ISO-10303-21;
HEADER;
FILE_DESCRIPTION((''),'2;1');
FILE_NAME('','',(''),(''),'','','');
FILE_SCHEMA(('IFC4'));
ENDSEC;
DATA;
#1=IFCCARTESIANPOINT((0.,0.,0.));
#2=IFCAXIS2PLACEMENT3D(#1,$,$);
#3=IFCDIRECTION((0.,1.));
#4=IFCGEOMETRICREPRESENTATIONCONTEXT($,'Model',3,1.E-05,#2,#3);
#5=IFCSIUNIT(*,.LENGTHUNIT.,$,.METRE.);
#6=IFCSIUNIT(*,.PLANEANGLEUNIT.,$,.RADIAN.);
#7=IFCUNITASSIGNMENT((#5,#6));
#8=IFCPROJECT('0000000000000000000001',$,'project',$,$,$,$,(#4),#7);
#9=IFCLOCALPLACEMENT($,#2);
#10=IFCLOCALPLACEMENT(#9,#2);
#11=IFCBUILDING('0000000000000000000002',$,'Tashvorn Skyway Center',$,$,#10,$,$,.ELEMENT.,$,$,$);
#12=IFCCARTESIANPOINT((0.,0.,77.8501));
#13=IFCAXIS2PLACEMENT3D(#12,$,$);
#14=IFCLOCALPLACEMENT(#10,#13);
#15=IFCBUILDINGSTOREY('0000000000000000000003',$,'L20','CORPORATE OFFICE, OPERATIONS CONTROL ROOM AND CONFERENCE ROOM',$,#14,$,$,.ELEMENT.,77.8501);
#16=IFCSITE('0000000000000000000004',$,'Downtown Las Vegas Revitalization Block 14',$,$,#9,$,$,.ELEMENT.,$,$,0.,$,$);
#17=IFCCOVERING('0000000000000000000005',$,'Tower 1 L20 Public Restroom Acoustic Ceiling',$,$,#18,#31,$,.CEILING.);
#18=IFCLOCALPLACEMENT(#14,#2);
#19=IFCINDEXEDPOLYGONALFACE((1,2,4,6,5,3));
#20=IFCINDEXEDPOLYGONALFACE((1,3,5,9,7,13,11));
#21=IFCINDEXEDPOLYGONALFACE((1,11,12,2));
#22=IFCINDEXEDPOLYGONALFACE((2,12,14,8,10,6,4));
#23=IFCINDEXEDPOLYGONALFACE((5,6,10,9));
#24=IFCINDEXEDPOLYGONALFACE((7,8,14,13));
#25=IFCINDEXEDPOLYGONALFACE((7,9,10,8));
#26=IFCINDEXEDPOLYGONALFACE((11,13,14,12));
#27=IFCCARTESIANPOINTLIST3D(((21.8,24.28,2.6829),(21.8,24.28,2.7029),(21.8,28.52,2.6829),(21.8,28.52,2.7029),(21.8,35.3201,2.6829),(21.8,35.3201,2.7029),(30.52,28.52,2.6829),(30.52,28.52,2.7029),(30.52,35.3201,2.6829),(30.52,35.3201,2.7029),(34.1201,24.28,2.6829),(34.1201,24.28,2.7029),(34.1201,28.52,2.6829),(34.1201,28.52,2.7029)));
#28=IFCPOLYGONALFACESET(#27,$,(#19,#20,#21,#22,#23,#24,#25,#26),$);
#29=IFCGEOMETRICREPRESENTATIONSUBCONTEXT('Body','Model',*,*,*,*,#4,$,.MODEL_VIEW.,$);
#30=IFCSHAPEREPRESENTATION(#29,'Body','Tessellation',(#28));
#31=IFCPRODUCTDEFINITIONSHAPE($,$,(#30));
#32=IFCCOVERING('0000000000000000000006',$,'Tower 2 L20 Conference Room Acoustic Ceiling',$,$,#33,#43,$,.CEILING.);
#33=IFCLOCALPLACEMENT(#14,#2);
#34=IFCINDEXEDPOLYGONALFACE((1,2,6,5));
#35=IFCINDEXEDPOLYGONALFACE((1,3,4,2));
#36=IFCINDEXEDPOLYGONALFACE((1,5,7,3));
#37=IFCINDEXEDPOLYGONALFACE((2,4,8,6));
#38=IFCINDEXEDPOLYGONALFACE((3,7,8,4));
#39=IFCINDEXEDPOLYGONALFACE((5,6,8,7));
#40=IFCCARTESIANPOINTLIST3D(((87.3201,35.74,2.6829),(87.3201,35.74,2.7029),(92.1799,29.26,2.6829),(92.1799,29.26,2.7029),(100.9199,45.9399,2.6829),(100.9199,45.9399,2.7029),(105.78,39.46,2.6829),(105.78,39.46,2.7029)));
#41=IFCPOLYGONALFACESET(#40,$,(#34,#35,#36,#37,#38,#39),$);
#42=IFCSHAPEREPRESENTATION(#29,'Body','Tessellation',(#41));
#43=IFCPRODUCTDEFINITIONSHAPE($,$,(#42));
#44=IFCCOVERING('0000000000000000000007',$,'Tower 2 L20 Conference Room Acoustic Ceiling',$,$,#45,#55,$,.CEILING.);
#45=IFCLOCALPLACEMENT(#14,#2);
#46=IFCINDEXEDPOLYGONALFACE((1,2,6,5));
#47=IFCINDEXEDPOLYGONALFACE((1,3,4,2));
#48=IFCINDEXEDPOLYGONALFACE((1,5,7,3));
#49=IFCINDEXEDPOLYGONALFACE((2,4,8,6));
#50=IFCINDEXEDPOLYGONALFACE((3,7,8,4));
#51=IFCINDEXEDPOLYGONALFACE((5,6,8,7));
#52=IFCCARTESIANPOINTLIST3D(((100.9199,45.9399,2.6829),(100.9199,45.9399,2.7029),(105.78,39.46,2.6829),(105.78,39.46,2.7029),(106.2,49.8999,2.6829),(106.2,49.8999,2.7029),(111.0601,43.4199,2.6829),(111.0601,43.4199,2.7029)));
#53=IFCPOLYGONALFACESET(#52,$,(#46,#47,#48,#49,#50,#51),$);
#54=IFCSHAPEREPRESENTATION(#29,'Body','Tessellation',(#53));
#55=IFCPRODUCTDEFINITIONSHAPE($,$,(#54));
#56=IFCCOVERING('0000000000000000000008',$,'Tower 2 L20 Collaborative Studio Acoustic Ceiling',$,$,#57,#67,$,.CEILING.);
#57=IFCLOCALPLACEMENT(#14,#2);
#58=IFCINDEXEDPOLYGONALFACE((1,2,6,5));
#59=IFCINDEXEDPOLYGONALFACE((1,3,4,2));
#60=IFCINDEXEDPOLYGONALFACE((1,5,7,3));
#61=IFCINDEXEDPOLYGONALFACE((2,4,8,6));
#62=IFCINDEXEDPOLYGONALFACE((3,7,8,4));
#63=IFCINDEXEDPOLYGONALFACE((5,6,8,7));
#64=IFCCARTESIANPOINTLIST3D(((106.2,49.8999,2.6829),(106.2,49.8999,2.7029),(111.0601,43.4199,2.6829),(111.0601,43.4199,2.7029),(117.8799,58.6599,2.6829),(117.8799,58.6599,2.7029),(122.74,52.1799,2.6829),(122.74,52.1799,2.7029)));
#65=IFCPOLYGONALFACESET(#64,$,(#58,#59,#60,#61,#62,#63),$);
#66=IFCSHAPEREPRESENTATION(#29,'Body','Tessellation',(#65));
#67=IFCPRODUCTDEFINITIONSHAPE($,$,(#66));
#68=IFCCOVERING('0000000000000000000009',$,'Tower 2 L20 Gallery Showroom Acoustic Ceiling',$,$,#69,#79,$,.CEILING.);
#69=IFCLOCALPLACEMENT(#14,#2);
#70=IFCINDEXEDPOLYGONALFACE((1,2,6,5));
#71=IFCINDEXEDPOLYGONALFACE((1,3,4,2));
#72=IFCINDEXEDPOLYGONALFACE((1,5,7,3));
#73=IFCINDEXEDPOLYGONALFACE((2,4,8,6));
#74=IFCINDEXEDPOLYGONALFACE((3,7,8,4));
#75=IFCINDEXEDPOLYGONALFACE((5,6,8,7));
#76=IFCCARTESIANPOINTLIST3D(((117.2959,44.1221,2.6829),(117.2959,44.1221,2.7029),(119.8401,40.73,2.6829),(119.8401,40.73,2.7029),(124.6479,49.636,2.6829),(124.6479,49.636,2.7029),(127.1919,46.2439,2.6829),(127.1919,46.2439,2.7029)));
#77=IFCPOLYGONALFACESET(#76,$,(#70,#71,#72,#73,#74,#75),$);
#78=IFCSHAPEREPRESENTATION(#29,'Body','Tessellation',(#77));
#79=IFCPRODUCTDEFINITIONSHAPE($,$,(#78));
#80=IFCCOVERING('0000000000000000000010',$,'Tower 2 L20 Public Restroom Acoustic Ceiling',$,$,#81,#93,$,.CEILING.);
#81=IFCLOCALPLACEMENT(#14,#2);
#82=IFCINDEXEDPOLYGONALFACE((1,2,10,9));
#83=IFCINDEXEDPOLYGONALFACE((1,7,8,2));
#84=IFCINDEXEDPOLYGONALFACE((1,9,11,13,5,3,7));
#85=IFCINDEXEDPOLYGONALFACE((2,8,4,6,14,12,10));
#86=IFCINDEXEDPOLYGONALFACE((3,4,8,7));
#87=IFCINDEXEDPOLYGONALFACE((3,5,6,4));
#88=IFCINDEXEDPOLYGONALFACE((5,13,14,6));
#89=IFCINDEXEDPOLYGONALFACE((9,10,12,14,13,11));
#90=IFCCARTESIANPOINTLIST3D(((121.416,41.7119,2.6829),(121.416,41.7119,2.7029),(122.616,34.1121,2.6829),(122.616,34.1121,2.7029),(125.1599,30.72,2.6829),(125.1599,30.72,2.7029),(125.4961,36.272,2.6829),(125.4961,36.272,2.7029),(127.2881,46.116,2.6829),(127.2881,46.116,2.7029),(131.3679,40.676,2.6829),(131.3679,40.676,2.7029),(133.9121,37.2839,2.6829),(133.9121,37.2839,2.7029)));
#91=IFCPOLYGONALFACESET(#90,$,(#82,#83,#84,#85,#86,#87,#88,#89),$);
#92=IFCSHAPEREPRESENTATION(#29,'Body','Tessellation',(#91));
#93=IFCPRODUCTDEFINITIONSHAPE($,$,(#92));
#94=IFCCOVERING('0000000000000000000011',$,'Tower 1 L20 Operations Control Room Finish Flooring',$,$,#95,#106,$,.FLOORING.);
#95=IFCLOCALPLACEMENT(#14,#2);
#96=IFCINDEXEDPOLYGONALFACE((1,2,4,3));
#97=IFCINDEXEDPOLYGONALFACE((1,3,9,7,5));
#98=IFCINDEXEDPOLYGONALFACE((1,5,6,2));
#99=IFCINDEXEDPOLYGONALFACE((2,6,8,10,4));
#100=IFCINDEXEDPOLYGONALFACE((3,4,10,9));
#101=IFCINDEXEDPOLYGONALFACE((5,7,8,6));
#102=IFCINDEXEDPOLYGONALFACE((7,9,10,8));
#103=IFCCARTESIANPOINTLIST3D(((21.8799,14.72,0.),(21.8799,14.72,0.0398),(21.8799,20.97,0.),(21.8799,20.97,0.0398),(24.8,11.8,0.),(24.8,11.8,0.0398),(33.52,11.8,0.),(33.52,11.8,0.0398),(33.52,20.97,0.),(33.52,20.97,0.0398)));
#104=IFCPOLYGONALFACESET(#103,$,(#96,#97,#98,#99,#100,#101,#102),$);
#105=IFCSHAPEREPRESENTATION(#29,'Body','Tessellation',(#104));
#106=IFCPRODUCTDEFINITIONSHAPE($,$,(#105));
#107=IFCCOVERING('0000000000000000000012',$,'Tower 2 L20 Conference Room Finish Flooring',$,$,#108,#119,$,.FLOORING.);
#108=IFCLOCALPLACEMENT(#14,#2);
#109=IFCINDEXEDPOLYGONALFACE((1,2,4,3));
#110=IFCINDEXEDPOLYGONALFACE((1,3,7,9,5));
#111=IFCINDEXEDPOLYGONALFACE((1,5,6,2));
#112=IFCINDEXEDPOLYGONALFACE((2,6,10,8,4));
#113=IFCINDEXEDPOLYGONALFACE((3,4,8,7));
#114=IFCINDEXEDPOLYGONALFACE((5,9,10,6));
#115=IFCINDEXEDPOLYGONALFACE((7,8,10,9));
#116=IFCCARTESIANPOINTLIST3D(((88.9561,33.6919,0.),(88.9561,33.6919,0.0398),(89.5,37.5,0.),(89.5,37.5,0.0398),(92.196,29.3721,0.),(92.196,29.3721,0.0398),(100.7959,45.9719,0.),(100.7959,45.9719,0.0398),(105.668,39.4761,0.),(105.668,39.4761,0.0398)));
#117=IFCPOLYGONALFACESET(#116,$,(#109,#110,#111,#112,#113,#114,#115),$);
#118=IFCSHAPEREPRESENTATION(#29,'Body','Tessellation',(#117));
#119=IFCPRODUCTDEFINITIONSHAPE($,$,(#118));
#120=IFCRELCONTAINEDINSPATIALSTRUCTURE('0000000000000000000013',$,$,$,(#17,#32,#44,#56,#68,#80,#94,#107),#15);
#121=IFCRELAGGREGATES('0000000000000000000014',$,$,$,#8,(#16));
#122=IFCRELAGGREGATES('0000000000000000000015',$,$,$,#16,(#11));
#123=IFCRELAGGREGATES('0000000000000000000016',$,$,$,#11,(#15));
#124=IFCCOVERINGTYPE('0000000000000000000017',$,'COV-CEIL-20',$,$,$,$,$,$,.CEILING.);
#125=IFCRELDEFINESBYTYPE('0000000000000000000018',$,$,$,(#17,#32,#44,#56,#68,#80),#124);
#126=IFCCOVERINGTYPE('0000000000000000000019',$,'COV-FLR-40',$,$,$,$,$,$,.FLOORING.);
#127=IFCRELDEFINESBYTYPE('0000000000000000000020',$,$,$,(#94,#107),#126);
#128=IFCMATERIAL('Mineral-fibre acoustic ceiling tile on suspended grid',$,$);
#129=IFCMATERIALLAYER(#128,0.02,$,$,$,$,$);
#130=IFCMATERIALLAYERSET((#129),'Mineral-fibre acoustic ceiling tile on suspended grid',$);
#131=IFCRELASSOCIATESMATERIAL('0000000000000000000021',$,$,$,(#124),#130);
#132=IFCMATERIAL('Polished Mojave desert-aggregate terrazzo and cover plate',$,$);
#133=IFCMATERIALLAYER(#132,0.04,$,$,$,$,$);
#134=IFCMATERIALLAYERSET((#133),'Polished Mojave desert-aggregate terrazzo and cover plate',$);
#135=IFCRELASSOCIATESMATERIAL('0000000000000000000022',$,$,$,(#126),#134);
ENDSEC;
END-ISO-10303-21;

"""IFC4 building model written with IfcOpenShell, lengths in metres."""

from ifc_helpers import new_model, si_unit, direction, frame, origin, place, context, subcontext, project, spatial, polyline, outline, extrude, material, layer, layer_set, type_object, element, save


model = new_model("IFC4")

# Units and contexts
model_context = context("Model", 3, precision=1e-05, world=origin(), true_north=direction((0.0, 1.0)))
body_context = subcontext(model_context, "Body", "Model", "MODEL_VIEW")
ifc_project = project(units=[si_unit("LENGTHUNIT", "METRE"), si_unit("PLANEANGLEUNIT", "RADIAN")], contexts=[model_context])

# Site, building, storey
site_placement = place(None, origin())
site = spatial("IfcSite", under=ifc_project, at=site_placement, Name="Downtown Las Vegas Revitalization Block 14", CompositionType="ELEMENT", RefElevation=0.0)
building_placement = place(site_placement, origin())
building = spatial("IfcBuilding", under=site, at=building_placement, Name="Tashvorn Skyway Center", CompositionType="ELEMENT")
storey_placement = place(building_placement, frame((0.0, 0.0, 77.8501)))
storey = spatial("IfcBuildingStorey", under=building, at=storey_placement, Name="L20", Description="CORPORATE OFFICE, OPERATIONS CONTROL ROOM AND CONFERENCE ROOM", CompositionType="ELEMENT", Elevation=77.8501)

# Coverings
ifc_material_1 = material(Name="Mineral-fibre acoustic ceiling tile on suspended grid")
ifc_layer_1 = layer(ifc_material_1, 0.02)
ifc_layer_set_1 = layer_set([ifc_layer_1], Name="Mineral-fibre acoustic ceiling tile on suspended grid")
covering_type_1 = type_object("IfcCoveringType", Name="COV-CEIL-20", PredefinedType="CEILING", material=ifc_layer_set_1)
covering_1_placement = place(storey_placement, frame((0.0, 0.0, 2.6829)))
element("IfcCovering", 1, at=covering_1_placement, inside=storey, type_object=covering_type_1, Name="Tower 1 L20 Public Restroom Acoustic Ceiling", PredefinedType="CEILING", context=body_context, shape_type="SweptSolid", body=[
    extrude(outline(polyline([(34.1201, 24.28), (21.8, 24.28), (21.8, 28.52), (21.8, 35.3201), (30.52, 35.3201), (30.52, 28.52), (34.1201, 28.52), (34.1201, 24.28)])), origin(), (0.0, 0.0, 1.0), 0.02),
])
covering_2_placement = place(storey_placement, frame((0.0, 0.0, 2.6829)))
element("IfcCovering", 2, at=covering_2_placement, inside=storey, type_object=covering_type_1, Name="Tower 2 L20 Conference Room Acoustic Ceiling", PredefinedType="CEILING", context=body_context, shape_type="SweptSolid", body=[
    extrude(outline(polyline([(92.1799, 29.26), (105.78, 39.46), (100.9199, 45.9399), (87.3201, 35.74), (92.1799, 29.26)])), origin(), (0.0, 0.0, 1.0), 0.02),
])
covering_3_placement = place(storey_placement, frame((0.0, 0.0, 2.6829)))
element("IfcCovering", 3, at=covering_3_placement, inside=storey, type_object=covering_type_1, Name="Tower 2 L20 Conference Room Acoustic Ceiling", PredefinedType="CEILING", context=body_context, shape_type="SweptSolid", body=[
    extrude(outline(polyline([(105.78, 39.46), (111.0601, 43.4199), (106.2, 49.8999), (100.9199, 45.9399), (105.78, 39.46)])), origin(), (0.0, 0.0, 1.0), 0.02),
])
covering_4_placement = place(storey_placement, frame((0.0, 0.0, 2.6829)))
element("IfcCovering", 4, at=covering_4_placement, inside=storey, type_object=covering_type_1, Name="Tower 2 L20 Collaborative Studio Acoustic Ceiling", PredefinedType="CEILING", context=body_context, shape_type="SweptSolid", body=[
    extrude(outline(polyline([(111.0601, 43.4199), (122.74, 52.1799), (117.8799, 58.6599), (106.2, 49.8999), (111.0601, 43.4199)])), origin(), (0.0, 0.0, 1.0), 0.02),
])
covering_5_placement = place(storey_placement, frame((0.0, 0.0, 2.6829)))
element("IfcCovering", 5, at=covering_5_placement, inside=storey, type_object=covering_type_1, Name="Tower 2 L20 Gallery Showroom Acoustic Ceiling", PredefinedType="CEILING", context=body_context, shape_type="SweptSolid", body=[
    extrude(outline(polyline([(119.8401, 40.73), (117.2959, 44.1221), (124.6479, 49.636), (127.1919, 46.2439), (119.8401, 40.73)])), origin(), (0.0, 0.0, 1.0), 0.02),
])
covering_6_placement = place(storey_placement, frame((0.0, 0.0, 2.6829)))
element("IfcCovering", 6, at=covering_6_placement, inside=storey, type_object=covering_type_1, Name="Tower 2 L20 Public Restroom Acoustic Ceiling", PredefinedType="CEILING", context=body_context, shape_type="SweptSolid", body=[
    extrude(outline(polyline([(125.1599, 30.72), (122.616, 34.1121), (125.4961, 36.272), (121.416, 41.7119), (127.2881, 46.116), (131.3679, 40.676), (133.9121, 37.2839), (125.1599, 30.72)])), origin(), (0.0, 0.0, 1.0), 0.02),
])
ifc_material_2 = material(Name="Polished Mojave desert-aggregate terrazzo and cover plate")
ifc_layer_2 = layer(ifc_material_2, 0.04)
ifc_layer_set_2 = layer_set([ifc_layer_2], Name="Polished Mojave desert-aggregate terrazzo and cover plate")
covering_type_2 = type_object("IfcCoveringType", Name="COV-FLR-40", PredefinedType="FLOORING", material=ifc_layer_set_2)
covering_7_placement = place(storey_placement, origin())
element("IfcCovering", 7, at=covering_7_placement, inside=storey, type_object=covering_type_2, Name="Tower 1 L20 Operations Control Room Finish Flooring", PredefinedType="FLOORING", context=body_context, shape_type="SweptSolid", body=[
    extrude(outline(polyline([(24.8, 11.8), (21.8799, 14.72), (21.8799, 20.97), (33.52, 20.97), (33.52, 11.8), (24.8, 11.8)])), origin(), (0.0, 0.0, 1.0), 0.0398),
])
covering_8_placement = place(storey_placement, origin())
element("IfcCovering", 8, at=covering_8_placement, inside=storey, type_object=covering_type_2, Name="Tower 2 L20 Conference Room Finish Flooring", PredefinedType="FLOORING", context=body_context, shape_type="SweptSolid", body=[
    extrude(outline(polyline([(105.668, 39.4761), (92.196, 29.3721), (88.9561, 33.6919), (89.5, 37.5), (100.7959, 45.9719), (105.668, 39.4761)])), origin(), (0.0, 0.0, 1.0), 0.0398),
])

save(model, "model.ifc")
